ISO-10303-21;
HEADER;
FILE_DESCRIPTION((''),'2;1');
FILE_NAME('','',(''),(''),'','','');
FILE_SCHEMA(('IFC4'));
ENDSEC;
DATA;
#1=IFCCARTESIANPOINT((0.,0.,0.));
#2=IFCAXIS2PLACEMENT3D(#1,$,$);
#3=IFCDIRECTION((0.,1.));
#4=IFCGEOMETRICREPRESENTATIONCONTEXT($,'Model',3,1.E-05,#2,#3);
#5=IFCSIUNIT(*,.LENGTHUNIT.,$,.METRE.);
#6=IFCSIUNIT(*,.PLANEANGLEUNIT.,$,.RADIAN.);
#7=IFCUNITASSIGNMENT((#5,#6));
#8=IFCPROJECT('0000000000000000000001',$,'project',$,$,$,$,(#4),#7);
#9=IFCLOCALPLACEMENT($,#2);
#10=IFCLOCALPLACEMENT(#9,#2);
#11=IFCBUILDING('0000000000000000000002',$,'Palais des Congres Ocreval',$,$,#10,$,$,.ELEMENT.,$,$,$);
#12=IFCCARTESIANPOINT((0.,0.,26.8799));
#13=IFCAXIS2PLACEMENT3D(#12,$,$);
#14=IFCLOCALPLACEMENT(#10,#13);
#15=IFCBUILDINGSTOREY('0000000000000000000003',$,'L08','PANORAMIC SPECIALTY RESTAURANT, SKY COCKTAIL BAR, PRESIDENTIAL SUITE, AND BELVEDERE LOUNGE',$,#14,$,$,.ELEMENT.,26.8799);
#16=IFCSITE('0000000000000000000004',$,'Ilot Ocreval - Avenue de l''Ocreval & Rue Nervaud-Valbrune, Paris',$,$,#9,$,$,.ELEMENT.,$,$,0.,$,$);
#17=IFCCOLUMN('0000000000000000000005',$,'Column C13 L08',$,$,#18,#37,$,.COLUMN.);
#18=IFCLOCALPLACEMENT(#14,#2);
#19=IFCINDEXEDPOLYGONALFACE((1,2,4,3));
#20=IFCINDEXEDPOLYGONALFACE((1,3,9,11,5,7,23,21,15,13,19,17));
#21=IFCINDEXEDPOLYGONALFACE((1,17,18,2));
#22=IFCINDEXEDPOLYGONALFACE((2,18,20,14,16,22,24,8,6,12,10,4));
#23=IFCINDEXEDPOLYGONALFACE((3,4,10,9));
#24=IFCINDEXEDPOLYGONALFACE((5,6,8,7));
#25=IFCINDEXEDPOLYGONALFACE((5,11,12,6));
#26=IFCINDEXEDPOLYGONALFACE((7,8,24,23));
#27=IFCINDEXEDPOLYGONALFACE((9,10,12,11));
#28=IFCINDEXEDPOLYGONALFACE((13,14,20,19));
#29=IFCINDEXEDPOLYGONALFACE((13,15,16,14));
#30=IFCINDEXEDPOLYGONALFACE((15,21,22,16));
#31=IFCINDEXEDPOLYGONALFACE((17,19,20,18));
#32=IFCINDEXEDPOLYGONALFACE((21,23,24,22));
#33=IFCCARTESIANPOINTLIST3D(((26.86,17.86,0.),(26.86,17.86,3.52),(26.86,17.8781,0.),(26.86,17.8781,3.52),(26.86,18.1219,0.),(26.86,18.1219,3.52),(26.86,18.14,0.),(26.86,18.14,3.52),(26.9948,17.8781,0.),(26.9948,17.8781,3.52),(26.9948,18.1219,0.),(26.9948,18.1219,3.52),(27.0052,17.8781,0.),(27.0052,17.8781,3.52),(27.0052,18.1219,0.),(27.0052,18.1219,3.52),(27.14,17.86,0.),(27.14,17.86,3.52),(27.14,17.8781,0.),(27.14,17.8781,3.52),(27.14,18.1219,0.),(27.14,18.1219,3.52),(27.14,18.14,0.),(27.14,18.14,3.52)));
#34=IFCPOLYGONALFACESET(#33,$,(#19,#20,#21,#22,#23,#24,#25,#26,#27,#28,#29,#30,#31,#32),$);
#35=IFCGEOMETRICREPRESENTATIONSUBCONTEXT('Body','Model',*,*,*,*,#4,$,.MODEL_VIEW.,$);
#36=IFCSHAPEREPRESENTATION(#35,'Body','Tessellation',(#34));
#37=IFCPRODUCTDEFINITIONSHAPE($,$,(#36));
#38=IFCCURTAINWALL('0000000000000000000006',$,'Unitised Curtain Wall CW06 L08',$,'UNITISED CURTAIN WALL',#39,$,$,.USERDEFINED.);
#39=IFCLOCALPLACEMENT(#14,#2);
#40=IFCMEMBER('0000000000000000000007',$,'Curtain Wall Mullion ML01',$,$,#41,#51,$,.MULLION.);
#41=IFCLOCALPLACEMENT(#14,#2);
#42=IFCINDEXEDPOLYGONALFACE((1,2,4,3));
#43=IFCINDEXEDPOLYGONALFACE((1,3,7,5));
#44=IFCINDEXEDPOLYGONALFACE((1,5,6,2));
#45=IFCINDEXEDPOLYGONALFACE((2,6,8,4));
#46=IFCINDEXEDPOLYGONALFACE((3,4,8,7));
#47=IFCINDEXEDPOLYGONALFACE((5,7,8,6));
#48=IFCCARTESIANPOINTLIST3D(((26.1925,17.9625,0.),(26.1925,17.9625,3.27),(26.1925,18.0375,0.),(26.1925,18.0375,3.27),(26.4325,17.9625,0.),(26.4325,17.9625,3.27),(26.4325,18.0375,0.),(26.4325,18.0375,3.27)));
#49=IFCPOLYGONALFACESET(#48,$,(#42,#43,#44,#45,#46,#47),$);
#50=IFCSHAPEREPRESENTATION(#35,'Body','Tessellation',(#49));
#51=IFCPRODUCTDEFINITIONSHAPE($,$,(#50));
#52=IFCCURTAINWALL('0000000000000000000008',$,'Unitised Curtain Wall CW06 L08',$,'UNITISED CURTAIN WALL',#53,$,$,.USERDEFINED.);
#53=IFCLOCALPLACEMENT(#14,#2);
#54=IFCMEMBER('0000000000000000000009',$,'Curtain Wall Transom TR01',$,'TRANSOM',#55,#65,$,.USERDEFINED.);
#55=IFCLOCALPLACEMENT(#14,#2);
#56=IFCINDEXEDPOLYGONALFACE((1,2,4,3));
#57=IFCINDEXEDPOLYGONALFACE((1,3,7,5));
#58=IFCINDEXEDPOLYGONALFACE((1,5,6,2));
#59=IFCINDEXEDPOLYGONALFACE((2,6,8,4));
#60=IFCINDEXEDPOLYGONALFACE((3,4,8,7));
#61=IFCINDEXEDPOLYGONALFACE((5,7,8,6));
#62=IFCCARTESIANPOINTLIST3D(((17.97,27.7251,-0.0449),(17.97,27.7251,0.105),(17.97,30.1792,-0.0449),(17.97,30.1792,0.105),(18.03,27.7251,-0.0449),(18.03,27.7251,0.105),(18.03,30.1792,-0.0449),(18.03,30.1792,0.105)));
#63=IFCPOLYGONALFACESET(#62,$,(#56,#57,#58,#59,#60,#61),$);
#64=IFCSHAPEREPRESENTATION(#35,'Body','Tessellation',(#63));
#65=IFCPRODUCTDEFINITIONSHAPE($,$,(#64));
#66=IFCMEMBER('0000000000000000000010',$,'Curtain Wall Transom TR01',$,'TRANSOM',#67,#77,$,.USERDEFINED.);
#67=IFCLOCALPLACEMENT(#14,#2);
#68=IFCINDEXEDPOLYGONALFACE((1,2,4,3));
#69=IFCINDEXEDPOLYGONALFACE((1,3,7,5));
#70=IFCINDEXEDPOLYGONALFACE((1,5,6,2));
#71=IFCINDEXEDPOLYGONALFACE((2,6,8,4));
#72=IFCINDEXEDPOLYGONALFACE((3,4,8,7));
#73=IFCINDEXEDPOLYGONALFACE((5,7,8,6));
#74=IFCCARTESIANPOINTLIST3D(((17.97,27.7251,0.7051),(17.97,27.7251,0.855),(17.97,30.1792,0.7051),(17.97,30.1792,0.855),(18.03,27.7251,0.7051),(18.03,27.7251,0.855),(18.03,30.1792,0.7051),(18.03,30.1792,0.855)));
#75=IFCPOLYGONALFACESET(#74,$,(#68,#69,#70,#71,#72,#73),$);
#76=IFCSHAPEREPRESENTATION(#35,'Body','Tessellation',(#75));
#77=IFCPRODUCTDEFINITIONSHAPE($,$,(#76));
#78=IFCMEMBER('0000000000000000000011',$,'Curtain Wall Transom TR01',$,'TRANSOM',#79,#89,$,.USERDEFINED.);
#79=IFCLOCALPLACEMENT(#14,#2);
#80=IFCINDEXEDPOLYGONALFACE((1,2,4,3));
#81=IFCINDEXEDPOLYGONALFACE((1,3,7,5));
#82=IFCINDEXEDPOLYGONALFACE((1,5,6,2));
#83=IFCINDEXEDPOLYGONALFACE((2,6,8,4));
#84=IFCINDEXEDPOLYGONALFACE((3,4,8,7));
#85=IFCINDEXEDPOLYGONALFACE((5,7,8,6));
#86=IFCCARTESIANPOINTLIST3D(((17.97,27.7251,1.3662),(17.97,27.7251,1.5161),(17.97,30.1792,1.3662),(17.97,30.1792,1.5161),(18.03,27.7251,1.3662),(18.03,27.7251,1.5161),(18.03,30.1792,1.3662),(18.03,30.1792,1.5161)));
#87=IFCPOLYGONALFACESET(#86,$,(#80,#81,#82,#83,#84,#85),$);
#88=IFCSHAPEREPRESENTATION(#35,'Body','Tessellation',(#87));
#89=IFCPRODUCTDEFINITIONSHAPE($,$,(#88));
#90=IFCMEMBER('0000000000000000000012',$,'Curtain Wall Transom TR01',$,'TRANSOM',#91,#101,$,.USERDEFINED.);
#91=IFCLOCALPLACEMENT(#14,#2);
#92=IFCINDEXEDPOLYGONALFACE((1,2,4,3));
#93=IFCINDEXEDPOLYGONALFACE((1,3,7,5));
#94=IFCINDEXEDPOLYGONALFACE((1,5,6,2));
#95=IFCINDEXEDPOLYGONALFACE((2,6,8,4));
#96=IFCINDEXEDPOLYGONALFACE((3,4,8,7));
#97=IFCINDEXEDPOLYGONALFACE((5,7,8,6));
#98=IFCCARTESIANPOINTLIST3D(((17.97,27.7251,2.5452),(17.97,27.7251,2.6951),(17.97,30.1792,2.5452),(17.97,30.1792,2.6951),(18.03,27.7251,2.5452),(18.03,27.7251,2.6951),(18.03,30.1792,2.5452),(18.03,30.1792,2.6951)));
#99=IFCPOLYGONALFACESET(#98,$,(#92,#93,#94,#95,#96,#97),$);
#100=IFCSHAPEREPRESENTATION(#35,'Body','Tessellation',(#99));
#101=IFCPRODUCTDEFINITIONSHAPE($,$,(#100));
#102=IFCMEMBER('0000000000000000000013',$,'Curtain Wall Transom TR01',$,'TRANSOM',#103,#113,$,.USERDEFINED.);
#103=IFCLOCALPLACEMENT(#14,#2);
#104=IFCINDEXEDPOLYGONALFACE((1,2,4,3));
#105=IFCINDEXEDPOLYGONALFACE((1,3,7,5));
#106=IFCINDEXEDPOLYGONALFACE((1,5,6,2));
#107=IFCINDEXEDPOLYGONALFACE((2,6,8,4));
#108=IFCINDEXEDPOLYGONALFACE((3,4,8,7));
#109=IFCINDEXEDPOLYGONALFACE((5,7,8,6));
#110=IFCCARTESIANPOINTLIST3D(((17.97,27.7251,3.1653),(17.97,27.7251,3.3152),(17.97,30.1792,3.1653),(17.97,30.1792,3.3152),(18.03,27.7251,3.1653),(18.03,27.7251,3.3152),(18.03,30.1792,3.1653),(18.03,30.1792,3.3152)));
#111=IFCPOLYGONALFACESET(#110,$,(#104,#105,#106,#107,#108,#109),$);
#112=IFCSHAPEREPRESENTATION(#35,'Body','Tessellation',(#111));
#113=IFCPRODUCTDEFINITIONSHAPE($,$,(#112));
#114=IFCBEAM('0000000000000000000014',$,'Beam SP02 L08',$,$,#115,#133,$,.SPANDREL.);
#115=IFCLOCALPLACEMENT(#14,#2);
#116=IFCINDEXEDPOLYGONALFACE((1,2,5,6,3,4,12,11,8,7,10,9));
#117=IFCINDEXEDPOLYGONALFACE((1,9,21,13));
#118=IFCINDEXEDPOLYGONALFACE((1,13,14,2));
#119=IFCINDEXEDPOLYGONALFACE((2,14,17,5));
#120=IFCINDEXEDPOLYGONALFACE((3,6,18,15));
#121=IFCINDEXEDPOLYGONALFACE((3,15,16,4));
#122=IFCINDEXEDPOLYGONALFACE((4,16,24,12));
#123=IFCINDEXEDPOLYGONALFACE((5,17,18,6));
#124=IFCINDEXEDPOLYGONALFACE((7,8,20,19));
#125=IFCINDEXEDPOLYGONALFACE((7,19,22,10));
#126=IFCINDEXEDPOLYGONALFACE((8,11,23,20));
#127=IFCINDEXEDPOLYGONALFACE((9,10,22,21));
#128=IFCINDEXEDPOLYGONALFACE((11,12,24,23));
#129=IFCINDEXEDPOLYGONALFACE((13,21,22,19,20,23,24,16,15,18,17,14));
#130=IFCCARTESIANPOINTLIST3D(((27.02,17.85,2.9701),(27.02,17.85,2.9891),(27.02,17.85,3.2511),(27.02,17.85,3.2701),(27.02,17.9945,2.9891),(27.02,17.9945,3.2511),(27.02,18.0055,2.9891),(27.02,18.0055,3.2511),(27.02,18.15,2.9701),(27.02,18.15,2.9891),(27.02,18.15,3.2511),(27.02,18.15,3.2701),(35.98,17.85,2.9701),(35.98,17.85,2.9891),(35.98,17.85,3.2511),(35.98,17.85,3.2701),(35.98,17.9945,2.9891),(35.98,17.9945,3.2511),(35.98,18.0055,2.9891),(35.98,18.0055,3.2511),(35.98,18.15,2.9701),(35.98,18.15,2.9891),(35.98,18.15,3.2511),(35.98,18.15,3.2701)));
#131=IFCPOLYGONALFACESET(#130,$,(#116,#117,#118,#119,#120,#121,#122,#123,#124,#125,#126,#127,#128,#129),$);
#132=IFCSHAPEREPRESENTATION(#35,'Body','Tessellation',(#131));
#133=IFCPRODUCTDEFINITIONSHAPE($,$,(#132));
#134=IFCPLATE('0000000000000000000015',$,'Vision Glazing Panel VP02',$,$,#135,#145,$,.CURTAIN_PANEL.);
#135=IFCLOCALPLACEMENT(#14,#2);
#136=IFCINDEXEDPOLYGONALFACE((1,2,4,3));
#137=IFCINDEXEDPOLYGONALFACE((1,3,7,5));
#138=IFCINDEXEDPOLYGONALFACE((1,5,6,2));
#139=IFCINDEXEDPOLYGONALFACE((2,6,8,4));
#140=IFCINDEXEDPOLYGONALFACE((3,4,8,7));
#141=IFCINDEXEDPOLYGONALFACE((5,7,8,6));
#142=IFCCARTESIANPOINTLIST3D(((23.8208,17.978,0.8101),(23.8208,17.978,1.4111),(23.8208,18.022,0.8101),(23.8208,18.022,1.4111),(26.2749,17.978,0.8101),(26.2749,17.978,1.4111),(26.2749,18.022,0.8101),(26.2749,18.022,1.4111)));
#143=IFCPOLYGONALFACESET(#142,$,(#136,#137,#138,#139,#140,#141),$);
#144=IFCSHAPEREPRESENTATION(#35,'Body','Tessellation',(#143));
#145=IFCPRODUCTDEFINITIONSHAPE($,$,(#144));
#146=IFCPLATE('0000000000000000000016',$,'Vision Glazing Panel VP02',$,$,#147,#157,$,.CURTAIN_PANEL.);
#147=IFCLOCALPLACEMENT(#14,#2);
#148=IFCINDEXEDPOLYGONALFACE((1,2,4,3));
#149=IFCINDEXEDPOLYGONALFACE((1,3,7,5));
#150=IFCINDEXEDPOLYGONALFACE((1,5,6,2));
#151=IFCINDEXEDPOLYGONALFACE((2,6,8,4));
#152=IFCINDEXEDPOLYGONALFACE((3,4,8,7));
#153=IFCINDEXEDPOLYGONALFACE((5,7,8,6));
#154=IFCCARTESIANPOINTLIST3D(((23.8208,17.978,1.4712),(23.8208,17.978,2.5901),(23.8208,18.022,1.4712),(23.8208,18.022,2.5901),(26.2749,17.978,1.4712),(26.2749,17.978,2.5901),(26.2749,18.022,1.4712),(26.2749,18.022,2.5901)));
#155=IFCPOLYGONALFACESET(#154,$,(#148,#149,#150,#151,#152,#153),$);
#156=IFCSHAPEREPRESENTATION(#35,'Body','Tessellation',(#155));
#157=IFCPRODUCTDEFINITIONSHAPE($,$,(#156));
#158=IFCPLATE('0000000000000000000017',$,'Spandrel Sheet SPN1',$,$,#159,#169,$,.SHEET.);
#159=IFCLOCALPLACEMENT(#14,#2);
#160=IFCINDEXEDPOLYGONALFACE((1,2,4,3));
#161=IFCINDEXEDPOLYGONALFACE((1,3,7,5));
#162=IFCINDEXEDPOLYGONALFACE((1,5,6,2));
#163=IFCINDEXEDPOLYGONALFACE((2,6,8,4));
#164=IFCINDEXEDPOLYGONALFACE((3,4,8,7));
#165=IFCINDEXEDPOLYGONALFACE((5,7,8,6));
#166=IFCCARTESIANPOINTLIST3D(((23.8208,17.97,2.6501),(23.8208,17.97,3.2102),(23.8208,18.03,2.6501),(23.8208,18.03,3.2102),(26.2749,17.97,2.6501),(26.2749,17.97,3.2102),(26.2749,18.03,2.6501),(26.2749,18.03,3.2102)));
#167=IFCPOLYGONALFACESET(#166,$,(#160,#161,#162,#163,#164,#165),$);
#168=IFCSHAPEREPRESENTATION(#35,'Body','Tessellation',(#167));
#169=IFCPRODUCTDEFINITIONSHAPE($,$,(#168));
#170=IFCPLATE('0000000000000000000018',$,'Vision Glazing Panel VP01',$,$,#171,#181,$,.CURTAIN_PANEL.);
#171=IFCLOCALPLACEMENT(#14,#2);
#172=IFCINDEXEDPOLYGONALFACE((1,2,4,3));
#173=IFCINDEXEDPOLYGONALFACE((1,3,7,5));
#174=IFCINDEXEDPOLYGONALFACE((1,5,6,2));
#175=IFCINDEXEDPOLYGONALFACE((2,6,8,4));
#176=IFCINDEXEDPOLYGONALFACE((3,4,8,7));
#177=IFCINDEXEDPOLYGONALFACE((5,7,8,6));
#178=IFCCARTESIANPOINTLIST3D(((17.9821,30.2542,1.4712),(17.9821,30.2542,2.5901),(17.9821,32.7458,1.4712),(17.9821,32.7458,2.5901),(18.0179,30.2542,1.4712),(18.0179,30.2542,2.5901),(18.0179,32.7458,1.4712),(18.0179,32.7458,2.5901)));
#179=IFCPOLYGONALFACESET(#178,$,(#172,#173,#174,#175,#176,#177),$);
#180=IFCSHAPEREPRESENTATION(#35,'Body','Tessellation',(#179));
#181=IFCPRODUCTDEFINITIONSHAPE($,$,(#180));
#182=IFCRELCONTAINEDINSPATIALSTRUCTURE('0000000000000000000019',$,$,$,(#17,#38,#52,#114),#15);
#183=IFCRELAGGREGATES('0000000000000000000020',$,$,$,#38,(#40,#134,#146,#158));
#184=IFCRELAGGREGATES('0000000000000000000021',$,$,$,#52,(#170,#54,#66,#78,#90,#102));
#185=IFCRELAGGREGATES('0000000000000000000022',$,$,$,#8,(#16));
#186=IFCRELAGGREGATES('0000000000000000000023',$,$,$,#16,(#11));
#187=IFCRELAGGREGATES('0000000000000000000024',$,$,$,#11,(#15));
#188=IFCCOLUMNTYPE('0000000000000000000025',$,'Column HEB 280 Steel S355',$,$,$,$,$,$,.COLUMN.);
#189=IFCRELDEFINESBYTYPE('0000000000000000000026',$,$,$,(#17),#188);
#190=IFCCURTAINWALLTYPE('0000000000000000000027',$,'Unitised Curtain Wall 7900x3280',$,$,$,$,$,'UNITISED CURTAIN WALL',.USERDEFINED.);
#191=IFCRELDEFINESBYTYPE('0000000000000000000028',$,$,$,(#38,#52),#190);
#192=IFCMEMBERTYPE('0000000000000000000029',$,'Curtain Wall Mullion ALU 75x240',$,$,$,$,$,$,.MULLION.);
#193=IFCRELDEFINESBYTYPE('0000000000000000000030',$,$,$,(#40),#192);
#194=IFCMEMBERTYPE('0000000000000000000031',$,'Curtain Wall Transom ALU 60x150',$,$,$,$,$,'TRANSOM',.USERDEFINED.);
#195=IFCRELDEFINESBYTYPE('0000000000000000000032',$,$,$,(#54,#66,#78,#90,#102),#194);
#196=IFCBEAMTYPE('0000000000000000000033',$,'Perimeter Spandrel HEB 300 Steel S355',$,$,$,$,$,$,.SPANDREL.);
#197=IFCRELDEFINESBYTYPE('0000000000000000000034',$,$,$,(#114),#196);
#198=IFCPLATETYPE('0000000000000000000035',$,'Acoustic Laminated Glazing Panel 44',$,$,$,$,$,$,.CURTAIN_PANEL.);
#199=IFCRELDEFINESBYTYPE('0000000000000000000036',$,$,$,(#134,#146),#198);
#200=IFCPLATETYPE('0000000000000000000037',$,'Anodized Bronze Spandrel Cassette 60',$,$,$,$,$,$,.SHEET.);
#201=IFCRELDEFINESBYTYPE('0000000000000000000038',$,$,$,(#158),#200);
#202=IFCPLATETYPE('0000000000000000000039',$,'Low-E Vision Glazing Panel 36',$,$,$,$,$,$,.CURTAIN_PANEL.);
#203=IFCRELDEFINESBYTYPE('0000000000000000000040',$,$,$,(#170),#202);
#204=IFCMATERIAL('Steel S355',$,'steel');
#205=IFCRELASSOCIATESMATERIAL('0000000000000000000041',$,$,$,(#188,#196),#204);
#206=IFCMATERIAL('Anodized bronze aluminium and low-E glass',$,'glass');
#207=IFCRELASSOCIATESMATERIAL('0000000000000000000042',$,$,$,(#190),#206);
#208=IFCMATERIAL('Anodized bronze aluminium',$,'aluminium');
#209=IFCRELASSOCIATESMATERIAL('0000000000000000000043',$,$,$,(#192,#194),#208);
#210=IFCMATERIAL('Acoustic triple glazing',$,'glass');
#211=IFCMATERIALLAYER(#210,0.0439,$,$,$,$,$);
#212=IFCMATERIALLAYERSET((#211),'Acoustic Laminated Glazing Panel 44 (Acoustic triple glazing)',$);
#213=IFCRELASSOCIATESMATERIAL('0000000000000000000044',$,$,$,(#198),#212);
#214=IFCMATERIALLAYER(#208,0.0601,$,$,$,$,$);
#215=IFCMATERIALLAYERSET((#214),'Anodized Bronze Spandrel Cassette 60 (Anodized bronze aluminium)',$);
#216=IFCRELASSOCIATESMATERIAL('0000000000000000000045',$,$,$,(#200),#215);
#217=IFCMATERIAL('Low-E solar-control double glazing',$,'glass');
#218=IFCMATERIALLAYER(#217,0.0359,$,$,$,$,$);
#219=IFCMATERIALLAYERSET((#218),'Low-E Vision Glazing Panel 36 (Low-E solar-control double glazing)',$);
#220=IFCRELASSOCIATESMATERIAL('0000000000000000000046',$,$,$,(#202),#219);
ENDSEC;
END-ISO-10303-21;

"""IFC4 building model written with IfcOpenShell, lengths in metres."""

from ifc_helpers import new_model, si_unit, direction, frame, origin, origin_2d, place, context, subcontext, project, spatial, rectangle, i_section, extrude, material, layer, layer_set, material_profile, profile_set, type_object, element, aggregate, save


model = new_model("IFC4")

# Units and contexts
model_context = context("Model", 3, precision=1e-05, world=origin(), true_north=direction((0.0, 1.0)))
body_context = subcontext(model_context, "Body", "Model", "MODEL_VIEW")
ifc_project = project(units=[si_unit("LENGTHUNIT", "METRE"), si_unit("PLANEANGLEUNIT", "RADIAN")], contexts=[model_context])

# Site, building, storey
site_placement = place(None, origin())
site = spatial("IfcSite", under=ifc_project, at=site_placement, Name="Ilot Ocreval - Avenue de l'Ocreval & Rue Nervaud-Valbrune, Paris", CompositionType="ELEMENT", RefElevation=0.0)
building_placement = place(site_placement, origin())
building = spatial("IfcBuilding", under=site, at=building_placement, Name="Palais des Congres Ocreval", CompositionType="ELEMENT")
storey_placement = place(building_placement, frame((0.0, 0.0, 26.8799)))
storey = spatial("IfcBuildingStorey", under=building, at=storey_placement, Name="L08", Description="PANORAMIC SPECIALTY RESTAURANT, SKY COCKTAIL BAR, PRESIDENTIAL SUITE, AND BELVEDERE LOUNGE", CompositionType="ELEMENT", Elevation=26.8799)

# Column
ifc_material_1 = material(Name="Steel S355", Category="steel")
ifc_material_profile_1 = material_profile(ifc_material_1, i_section(OverallWidth=0.28, OverallDepth=0.28, WebThickness=0.0105, FlangeThickness=0.0181, at=origin_2d()), Name="HEB 280")
ifc_profile_set_1 = profile_set([ifc_material_profile_1], Name="Steel S355")
column_type = type_object("IfcColumnType", Name="Column HEB 280 Steel S355", PredefinedType="COLUMN", material=ifc_profile_set_1)
column_placement = place(storey_placement, frame((27.0, 18.0, 0.0), z_axis=(0.0, 0.0, 1.0), x_axis=(1.0, 0.0, 0.0)))
element("IfcColumn", 1, at=column_placement, inside=storey, type_object=column_type, Name="Column C13 L08", PredefinedType="COLUMN", context=body_context, shape_type="SweptSolid", body=[
    extrude(i_section(OverallWidth=0.28, OverallDepth=0.28, WebThickness=0.0105, FlangeThickness=0.0181, at=origin_2d()), origin(), (0.0, 0.0, 1.0), 3.52),
])

# Curtain wall, member
ifc_material_2 = material(Name="Anodized bronze aluminium and low-E glass", Category="glass")
curtain_wall_type = type_object("IfcCurtainWallType", Name="Unitised Curtain Wall 7900x3280", ElementType="UNITISED CURTAIN WALL", PredefinedType="USERDEFINED", material=ifc_material_2)
curtain_wall_1_placement = place(storey_placement, origin())
curtain_wall_1 = element("IfcCurtainWall", 2, at=curtain_wall_1_placement, inside=storey, type_object=curtain_wall_type, Name="Unitised Curtain Wall CW06 L08", ObjectType="UNITISED CURTAIN WALL", PredefinedType="USERDEFINED")
ifc_material_3 = material(Name="Anodized bronze aluminium", Category="aluminium")
ifc_material_profile_2 = material_profile(ifc_material_3, rectangle(XDim=0.075, YDim=0.24, at=origin_2d()), Name="ALU 75x240")
ifc_profile_set_2 = profile_set([ifc_material_profile_2], Name="Anodized bronze aluminium")
member_type_1 = type_object("IfcMemberType", Name="Curtain Wall Mullion ALU 75x240", PredefinedType="MULLION", material=ifc_profile_set_2)
member_1_placement = place(storey_placement, frame((26.3125, 18.0, 0.0), z_axis=(0.0, 0.0, 1.0), x_axis=(0.0, 1.0, 0.0)))
member_1 = element("IfcMember", 3, at=member_1_placement, type_object=member_type_1, Name="Curtain Wall Mullion ML01", PredefinedType="MULLION", context=body_context, shape_type="SweptSolid", body=[
    extrude(rectangle(XDim=0.075, YDim=0.24, at=origin_2d()), origin(), (0.0, 0.0, 1.0), 3.27),
])

# Curtain wall, members
curtain_wall_2_placement = place(storey_placement, origin())
curtain_wall_2 = element("IfcCurtainWall", 4, at=curtain_wall_2_placement, inside=storey, type_object=curtain_wall_type, Name="Unitised Curtain Wall CW06 L08", ObjectType="UNITISED CURTAIN WALL", PredefinedType="USERDEFINED")
ifc_material_profile_3 = material_profile(ifc_material_3, rectangle(XDim=0.0601, YDim=0.1499, at=origin_2d()), Name="ALU 60x150")
ifc_profile_set_3 = profile_set([ifc_material_profile_3], Name="Anodized bronze aluminium")
member_type_2 = type_object("IfcMemberType", Name="Curtain Wall Transom ALU 60x150", ElementType="TRANSOM", PredefinedType="USERDEFINED", material=ifc_profile_set_3)
member_2_placement = place(storey_placement, frame((18.0, 30.1792, 0.03), z_axis=(0.0, -1.0, 0.0), x_axis=(1.0, 0.0, 0.0)))
member_2 = element("IfcMember", 5, at=member_2_placement, type_object=member_type_2, Name="Curtain Wall Transom TR01", ObjectType="TRANSOM", PredefinedType="USERDEFINED", context=body_context, shape_type="SweptSolid", body=[
    extrude(rectangle(XDim=0.0601, YDim=0.1499, at=origin_2d()), origin(), (0.0, 0.0, 1.0), 2.4541),
])
member_3_placement = place(storey_placement, frame((18.0, 30.1792, 0.78), z_axis=(0.0, -1.0, 0.0), x_axis=(1.0, 0.0, 0.0)))
member_3 = element("IfcMember", 6, at=member_3_placement, type_object=member_type_2, Name="Curtain Wall Transom TR01", ObjectType="TRANSOM", PredefinedType="USERDEFINED", context=body_context, shape_type="SweptSolid", body=[
    extrude(rectangle(XDim=0.0601, YDim=0.1499, at=origin_2d()), origin(), (0.0, 0.0, 1.0), 2.4541),
])
member_4_placement = place(storey_placement, frame((18.0, 30.1792, 1.4412), z_axis=(0.0, -1.0, 0.0), x_axis=(1.0, 0.0, 0.0)))
member_4 = element("IfcMember", 7, at=member_4_placement, type_object=member_type_2, Name="Curtain Wall Transom TR01", ObjectType="TRANSOM", PredefinedType="USERDEFINED", context=body_context, shape_type="SweptSolid", body=[
    extrude(rectangle(XDim=0.0601, YDim=0.1499, at=origin_2d()), origin(), (0.0, 0.0, 1.0), 2.4541),
])
member_5_placement = place(storey_placement, frame((18.0, 30.1792, 2.6201), z_axis=(0.0, -1.0, 0.0), x_axis=(1.0, 0.0, 0.0)))
member_5 = element("IfcMember", 8, at=member_5_placement, type_object=member_type_2, Name="Curtain Wall Transom TR01", ObjectType="TRANSOM", PredefinedType="USERDEFINED", context=body_context, shape_type="SweptSolid", body=[
    extrude(rectangle(XDim=0.0601, YDim=0.1499, at=origin_2d()), origin(), (0.0, 0.0, 1.0), 2.4541),
])
member_6_placement = place(storey_placement, frame((18.0, 30.1792, 3.2402), z_axis=(0.0, -1.0, 0.0), x_axis=(1.0, 0.0, 0.0)))
member_6 = element("IfcMember", 9, at=member_6_placement, type_object=member_type_2, Name="Curtain Wall Transom TR01", ObjectType="TRANSOM", PredefinedType="USERDEFINED", context=body_context, shape_type="SweptSolid", body=[
    extrude(rectangle(XDim=0.0601, YDim=0.1499, at=origin_2d()), origin(), (0.0, 0.0, 1.0), 2.4541),
])

# Beam
ifc_material_profile_4 = material_profile(ifc_material_1, i_section(OverallWidth=0.3, OverallDepth=0.3, WebThickness=0.011, FlangeThickness=0.019, at=origin_2d()), Name="HEB 300")
ifc_profile_set_4 = profile_set([ifc_material_profile_4], Name="Steel S355")
beam_type = type_object("IfcBeamType", Name="Perimeter Spandrel HEB 300 Steel S355", PredefinedType="SPANDREL", material=ifc_profile_set_4)
beam_placement = place(storey_placement, frame((27.02, 18.0, 3.1201), z_axis=(1.0, 0.0, 0.0), x_axis=(0.0, 1.0, 0.0)))
element("IfcBeam", 10, at=beam_placement, inside=storey, type_object=beam_type, Name="Beam SP02 L08", PredefinedType="SPANDREL", context=body_context, shape_type="SweptSolid", body=[
    extrude(i_section(OverallWidth=0.3, OverallDepth=0.3, WebThickness=0.011, FlangeThickness=0.019, at=origin_2d()), origin(), (0.0, 0.0, 1.0), 8.96),
])

# Plates
ifc_material_4 = material(Name="Acoustic triple glazing", Category="glass")
ifc_layer_1 = layer(ifc_material_4, 0.0439)
ifc_layer_set_1 = layer_set([ifc_layer_1], Name="Acoustic Laminated Glazing Panel 44 (Acoustic triple glazing)")
plate_type_1 = type_object("IfcPlateType", Name="Acoustic Laminated Glazing Panel 44", PredefinedType="CURTAIN_PANEL", material=ifc_layer_set_1)
plate_1_placement = place(storey_placement, frame((25.0479, 18.0, 0.8101), z_axis=(0.0, 0.0, 1.0), x_axis=(1.0, 0.0, 0.0)))
plate_1 = element("IfcPlate", 11, at=plate_1_placement, type_object=plate_type_1, Name="Vision Glazing Panel VP02", PredefinedType="CURTAIN_PANEL", context=body_context, shape_type="SweptSolid", body=[
    extrude(rectangle(XDim=2.4541, YDim=0.0439, at=origin_2d()), origin(), (0.0, 0.0, 1.0), 0.6011),
])
plate_2_placement = place(storey_placement, frame((25.0479, 18.0, 1.4712), z_axis=(0.0, 0.0, 1.0), x_axis=(1.0, 0.0, 0.0)))
plate_2 = element("IfcPlate", 12, at=plate_2_placement, type_object=plate_type_1, Name="Vision Glazing Panel VP02", PredefinedType="CURTAIN_PANEL", context=body_context, shape_type="SweptSolid", body=[
    extrude(rectangle(XDim=2.4541, YDim=0.0439, at=origin_2d()), origin(), (0.0, 0.0, 1.0), 1.1189),
])
ifc_layer_2 = layer(ifc_material_3, 0.0601)
ifc_layer_set_2 = layer_set([ifc_layer_2], Name="Anodized Bronze Spandrel Cassette 60 (Anodized bronze aluminium)")
plate_type_2 = type_object("IfcPlateType", Name="Anodized Bronze Spandrel Cassette 60", PredefinedType="SHEET", material=ifc_layer_set_2)
plate_3_placement = place(storey_placement, frame((25.0479, 18.0, 2.6501), z_axis=(0.0, 0.0, 1.0), x_axis=(1.0, 0.0, 0.0)))
plate_3 = element("IfcPlate", 13, at=plate_3_placement, type_object=plate_type_2, Name="Spandrel Sheet SPN1", PredefinedType="SHEET", context=body_context, shape_type="SweptSolid", body=[
    extrude(rectangle(XDim=2.4541, YDim=0.0601, at=origin_2d()), origin(), (0.0, 0.0, 1.0), 0.5601),
])
aggregate(curtain_wall_1, [member_1, plate_1, plate_2, plate_3])
ifc_material_5 = material(Name="Low-E solar-control double glazing", Category="glass")
ifc_layer_3 = layer(ifc_material_5, 0.0359)
ifc_layer_set_3 = layer_set([ifc_layer_3], Name="Low-E Vision Glazing Panel 36 (Low-E solar-control double glazing)")
plate_type_3 = type_object("IfcPlateType", Name="Low-E Vision Glazing Panel 36", PredefinedType="CURTAIN_PANEL", material=ifc_layer_set_3)
plate_4_placement = place(storey_placement, frame((18.0, 31.5, 1.4712), z_axis=(0.0, 0.0, 1.0), x_axis=(0.0, -1.0, 0.0)))
plate_4 = element("IfcPlate", 14, at=plate_4_placement, type_object=plate_type_3, Name="Vision Glazing Panel VP01", PredefinedType="CURTAIN_PANEL", context=body_context, shape_type="SweptSolid", body=[
    extrude(rectangle(XDim=2.4917, YDim=0.0359, at=origin_2d()), origin(), (0.0, 0.0, 1.0), 1.1189),
])
aggregate(curtain_wall_2, [plate_4, member_2, member_3, member_4, member_5, member_6])

save(model, "model.ifc")
